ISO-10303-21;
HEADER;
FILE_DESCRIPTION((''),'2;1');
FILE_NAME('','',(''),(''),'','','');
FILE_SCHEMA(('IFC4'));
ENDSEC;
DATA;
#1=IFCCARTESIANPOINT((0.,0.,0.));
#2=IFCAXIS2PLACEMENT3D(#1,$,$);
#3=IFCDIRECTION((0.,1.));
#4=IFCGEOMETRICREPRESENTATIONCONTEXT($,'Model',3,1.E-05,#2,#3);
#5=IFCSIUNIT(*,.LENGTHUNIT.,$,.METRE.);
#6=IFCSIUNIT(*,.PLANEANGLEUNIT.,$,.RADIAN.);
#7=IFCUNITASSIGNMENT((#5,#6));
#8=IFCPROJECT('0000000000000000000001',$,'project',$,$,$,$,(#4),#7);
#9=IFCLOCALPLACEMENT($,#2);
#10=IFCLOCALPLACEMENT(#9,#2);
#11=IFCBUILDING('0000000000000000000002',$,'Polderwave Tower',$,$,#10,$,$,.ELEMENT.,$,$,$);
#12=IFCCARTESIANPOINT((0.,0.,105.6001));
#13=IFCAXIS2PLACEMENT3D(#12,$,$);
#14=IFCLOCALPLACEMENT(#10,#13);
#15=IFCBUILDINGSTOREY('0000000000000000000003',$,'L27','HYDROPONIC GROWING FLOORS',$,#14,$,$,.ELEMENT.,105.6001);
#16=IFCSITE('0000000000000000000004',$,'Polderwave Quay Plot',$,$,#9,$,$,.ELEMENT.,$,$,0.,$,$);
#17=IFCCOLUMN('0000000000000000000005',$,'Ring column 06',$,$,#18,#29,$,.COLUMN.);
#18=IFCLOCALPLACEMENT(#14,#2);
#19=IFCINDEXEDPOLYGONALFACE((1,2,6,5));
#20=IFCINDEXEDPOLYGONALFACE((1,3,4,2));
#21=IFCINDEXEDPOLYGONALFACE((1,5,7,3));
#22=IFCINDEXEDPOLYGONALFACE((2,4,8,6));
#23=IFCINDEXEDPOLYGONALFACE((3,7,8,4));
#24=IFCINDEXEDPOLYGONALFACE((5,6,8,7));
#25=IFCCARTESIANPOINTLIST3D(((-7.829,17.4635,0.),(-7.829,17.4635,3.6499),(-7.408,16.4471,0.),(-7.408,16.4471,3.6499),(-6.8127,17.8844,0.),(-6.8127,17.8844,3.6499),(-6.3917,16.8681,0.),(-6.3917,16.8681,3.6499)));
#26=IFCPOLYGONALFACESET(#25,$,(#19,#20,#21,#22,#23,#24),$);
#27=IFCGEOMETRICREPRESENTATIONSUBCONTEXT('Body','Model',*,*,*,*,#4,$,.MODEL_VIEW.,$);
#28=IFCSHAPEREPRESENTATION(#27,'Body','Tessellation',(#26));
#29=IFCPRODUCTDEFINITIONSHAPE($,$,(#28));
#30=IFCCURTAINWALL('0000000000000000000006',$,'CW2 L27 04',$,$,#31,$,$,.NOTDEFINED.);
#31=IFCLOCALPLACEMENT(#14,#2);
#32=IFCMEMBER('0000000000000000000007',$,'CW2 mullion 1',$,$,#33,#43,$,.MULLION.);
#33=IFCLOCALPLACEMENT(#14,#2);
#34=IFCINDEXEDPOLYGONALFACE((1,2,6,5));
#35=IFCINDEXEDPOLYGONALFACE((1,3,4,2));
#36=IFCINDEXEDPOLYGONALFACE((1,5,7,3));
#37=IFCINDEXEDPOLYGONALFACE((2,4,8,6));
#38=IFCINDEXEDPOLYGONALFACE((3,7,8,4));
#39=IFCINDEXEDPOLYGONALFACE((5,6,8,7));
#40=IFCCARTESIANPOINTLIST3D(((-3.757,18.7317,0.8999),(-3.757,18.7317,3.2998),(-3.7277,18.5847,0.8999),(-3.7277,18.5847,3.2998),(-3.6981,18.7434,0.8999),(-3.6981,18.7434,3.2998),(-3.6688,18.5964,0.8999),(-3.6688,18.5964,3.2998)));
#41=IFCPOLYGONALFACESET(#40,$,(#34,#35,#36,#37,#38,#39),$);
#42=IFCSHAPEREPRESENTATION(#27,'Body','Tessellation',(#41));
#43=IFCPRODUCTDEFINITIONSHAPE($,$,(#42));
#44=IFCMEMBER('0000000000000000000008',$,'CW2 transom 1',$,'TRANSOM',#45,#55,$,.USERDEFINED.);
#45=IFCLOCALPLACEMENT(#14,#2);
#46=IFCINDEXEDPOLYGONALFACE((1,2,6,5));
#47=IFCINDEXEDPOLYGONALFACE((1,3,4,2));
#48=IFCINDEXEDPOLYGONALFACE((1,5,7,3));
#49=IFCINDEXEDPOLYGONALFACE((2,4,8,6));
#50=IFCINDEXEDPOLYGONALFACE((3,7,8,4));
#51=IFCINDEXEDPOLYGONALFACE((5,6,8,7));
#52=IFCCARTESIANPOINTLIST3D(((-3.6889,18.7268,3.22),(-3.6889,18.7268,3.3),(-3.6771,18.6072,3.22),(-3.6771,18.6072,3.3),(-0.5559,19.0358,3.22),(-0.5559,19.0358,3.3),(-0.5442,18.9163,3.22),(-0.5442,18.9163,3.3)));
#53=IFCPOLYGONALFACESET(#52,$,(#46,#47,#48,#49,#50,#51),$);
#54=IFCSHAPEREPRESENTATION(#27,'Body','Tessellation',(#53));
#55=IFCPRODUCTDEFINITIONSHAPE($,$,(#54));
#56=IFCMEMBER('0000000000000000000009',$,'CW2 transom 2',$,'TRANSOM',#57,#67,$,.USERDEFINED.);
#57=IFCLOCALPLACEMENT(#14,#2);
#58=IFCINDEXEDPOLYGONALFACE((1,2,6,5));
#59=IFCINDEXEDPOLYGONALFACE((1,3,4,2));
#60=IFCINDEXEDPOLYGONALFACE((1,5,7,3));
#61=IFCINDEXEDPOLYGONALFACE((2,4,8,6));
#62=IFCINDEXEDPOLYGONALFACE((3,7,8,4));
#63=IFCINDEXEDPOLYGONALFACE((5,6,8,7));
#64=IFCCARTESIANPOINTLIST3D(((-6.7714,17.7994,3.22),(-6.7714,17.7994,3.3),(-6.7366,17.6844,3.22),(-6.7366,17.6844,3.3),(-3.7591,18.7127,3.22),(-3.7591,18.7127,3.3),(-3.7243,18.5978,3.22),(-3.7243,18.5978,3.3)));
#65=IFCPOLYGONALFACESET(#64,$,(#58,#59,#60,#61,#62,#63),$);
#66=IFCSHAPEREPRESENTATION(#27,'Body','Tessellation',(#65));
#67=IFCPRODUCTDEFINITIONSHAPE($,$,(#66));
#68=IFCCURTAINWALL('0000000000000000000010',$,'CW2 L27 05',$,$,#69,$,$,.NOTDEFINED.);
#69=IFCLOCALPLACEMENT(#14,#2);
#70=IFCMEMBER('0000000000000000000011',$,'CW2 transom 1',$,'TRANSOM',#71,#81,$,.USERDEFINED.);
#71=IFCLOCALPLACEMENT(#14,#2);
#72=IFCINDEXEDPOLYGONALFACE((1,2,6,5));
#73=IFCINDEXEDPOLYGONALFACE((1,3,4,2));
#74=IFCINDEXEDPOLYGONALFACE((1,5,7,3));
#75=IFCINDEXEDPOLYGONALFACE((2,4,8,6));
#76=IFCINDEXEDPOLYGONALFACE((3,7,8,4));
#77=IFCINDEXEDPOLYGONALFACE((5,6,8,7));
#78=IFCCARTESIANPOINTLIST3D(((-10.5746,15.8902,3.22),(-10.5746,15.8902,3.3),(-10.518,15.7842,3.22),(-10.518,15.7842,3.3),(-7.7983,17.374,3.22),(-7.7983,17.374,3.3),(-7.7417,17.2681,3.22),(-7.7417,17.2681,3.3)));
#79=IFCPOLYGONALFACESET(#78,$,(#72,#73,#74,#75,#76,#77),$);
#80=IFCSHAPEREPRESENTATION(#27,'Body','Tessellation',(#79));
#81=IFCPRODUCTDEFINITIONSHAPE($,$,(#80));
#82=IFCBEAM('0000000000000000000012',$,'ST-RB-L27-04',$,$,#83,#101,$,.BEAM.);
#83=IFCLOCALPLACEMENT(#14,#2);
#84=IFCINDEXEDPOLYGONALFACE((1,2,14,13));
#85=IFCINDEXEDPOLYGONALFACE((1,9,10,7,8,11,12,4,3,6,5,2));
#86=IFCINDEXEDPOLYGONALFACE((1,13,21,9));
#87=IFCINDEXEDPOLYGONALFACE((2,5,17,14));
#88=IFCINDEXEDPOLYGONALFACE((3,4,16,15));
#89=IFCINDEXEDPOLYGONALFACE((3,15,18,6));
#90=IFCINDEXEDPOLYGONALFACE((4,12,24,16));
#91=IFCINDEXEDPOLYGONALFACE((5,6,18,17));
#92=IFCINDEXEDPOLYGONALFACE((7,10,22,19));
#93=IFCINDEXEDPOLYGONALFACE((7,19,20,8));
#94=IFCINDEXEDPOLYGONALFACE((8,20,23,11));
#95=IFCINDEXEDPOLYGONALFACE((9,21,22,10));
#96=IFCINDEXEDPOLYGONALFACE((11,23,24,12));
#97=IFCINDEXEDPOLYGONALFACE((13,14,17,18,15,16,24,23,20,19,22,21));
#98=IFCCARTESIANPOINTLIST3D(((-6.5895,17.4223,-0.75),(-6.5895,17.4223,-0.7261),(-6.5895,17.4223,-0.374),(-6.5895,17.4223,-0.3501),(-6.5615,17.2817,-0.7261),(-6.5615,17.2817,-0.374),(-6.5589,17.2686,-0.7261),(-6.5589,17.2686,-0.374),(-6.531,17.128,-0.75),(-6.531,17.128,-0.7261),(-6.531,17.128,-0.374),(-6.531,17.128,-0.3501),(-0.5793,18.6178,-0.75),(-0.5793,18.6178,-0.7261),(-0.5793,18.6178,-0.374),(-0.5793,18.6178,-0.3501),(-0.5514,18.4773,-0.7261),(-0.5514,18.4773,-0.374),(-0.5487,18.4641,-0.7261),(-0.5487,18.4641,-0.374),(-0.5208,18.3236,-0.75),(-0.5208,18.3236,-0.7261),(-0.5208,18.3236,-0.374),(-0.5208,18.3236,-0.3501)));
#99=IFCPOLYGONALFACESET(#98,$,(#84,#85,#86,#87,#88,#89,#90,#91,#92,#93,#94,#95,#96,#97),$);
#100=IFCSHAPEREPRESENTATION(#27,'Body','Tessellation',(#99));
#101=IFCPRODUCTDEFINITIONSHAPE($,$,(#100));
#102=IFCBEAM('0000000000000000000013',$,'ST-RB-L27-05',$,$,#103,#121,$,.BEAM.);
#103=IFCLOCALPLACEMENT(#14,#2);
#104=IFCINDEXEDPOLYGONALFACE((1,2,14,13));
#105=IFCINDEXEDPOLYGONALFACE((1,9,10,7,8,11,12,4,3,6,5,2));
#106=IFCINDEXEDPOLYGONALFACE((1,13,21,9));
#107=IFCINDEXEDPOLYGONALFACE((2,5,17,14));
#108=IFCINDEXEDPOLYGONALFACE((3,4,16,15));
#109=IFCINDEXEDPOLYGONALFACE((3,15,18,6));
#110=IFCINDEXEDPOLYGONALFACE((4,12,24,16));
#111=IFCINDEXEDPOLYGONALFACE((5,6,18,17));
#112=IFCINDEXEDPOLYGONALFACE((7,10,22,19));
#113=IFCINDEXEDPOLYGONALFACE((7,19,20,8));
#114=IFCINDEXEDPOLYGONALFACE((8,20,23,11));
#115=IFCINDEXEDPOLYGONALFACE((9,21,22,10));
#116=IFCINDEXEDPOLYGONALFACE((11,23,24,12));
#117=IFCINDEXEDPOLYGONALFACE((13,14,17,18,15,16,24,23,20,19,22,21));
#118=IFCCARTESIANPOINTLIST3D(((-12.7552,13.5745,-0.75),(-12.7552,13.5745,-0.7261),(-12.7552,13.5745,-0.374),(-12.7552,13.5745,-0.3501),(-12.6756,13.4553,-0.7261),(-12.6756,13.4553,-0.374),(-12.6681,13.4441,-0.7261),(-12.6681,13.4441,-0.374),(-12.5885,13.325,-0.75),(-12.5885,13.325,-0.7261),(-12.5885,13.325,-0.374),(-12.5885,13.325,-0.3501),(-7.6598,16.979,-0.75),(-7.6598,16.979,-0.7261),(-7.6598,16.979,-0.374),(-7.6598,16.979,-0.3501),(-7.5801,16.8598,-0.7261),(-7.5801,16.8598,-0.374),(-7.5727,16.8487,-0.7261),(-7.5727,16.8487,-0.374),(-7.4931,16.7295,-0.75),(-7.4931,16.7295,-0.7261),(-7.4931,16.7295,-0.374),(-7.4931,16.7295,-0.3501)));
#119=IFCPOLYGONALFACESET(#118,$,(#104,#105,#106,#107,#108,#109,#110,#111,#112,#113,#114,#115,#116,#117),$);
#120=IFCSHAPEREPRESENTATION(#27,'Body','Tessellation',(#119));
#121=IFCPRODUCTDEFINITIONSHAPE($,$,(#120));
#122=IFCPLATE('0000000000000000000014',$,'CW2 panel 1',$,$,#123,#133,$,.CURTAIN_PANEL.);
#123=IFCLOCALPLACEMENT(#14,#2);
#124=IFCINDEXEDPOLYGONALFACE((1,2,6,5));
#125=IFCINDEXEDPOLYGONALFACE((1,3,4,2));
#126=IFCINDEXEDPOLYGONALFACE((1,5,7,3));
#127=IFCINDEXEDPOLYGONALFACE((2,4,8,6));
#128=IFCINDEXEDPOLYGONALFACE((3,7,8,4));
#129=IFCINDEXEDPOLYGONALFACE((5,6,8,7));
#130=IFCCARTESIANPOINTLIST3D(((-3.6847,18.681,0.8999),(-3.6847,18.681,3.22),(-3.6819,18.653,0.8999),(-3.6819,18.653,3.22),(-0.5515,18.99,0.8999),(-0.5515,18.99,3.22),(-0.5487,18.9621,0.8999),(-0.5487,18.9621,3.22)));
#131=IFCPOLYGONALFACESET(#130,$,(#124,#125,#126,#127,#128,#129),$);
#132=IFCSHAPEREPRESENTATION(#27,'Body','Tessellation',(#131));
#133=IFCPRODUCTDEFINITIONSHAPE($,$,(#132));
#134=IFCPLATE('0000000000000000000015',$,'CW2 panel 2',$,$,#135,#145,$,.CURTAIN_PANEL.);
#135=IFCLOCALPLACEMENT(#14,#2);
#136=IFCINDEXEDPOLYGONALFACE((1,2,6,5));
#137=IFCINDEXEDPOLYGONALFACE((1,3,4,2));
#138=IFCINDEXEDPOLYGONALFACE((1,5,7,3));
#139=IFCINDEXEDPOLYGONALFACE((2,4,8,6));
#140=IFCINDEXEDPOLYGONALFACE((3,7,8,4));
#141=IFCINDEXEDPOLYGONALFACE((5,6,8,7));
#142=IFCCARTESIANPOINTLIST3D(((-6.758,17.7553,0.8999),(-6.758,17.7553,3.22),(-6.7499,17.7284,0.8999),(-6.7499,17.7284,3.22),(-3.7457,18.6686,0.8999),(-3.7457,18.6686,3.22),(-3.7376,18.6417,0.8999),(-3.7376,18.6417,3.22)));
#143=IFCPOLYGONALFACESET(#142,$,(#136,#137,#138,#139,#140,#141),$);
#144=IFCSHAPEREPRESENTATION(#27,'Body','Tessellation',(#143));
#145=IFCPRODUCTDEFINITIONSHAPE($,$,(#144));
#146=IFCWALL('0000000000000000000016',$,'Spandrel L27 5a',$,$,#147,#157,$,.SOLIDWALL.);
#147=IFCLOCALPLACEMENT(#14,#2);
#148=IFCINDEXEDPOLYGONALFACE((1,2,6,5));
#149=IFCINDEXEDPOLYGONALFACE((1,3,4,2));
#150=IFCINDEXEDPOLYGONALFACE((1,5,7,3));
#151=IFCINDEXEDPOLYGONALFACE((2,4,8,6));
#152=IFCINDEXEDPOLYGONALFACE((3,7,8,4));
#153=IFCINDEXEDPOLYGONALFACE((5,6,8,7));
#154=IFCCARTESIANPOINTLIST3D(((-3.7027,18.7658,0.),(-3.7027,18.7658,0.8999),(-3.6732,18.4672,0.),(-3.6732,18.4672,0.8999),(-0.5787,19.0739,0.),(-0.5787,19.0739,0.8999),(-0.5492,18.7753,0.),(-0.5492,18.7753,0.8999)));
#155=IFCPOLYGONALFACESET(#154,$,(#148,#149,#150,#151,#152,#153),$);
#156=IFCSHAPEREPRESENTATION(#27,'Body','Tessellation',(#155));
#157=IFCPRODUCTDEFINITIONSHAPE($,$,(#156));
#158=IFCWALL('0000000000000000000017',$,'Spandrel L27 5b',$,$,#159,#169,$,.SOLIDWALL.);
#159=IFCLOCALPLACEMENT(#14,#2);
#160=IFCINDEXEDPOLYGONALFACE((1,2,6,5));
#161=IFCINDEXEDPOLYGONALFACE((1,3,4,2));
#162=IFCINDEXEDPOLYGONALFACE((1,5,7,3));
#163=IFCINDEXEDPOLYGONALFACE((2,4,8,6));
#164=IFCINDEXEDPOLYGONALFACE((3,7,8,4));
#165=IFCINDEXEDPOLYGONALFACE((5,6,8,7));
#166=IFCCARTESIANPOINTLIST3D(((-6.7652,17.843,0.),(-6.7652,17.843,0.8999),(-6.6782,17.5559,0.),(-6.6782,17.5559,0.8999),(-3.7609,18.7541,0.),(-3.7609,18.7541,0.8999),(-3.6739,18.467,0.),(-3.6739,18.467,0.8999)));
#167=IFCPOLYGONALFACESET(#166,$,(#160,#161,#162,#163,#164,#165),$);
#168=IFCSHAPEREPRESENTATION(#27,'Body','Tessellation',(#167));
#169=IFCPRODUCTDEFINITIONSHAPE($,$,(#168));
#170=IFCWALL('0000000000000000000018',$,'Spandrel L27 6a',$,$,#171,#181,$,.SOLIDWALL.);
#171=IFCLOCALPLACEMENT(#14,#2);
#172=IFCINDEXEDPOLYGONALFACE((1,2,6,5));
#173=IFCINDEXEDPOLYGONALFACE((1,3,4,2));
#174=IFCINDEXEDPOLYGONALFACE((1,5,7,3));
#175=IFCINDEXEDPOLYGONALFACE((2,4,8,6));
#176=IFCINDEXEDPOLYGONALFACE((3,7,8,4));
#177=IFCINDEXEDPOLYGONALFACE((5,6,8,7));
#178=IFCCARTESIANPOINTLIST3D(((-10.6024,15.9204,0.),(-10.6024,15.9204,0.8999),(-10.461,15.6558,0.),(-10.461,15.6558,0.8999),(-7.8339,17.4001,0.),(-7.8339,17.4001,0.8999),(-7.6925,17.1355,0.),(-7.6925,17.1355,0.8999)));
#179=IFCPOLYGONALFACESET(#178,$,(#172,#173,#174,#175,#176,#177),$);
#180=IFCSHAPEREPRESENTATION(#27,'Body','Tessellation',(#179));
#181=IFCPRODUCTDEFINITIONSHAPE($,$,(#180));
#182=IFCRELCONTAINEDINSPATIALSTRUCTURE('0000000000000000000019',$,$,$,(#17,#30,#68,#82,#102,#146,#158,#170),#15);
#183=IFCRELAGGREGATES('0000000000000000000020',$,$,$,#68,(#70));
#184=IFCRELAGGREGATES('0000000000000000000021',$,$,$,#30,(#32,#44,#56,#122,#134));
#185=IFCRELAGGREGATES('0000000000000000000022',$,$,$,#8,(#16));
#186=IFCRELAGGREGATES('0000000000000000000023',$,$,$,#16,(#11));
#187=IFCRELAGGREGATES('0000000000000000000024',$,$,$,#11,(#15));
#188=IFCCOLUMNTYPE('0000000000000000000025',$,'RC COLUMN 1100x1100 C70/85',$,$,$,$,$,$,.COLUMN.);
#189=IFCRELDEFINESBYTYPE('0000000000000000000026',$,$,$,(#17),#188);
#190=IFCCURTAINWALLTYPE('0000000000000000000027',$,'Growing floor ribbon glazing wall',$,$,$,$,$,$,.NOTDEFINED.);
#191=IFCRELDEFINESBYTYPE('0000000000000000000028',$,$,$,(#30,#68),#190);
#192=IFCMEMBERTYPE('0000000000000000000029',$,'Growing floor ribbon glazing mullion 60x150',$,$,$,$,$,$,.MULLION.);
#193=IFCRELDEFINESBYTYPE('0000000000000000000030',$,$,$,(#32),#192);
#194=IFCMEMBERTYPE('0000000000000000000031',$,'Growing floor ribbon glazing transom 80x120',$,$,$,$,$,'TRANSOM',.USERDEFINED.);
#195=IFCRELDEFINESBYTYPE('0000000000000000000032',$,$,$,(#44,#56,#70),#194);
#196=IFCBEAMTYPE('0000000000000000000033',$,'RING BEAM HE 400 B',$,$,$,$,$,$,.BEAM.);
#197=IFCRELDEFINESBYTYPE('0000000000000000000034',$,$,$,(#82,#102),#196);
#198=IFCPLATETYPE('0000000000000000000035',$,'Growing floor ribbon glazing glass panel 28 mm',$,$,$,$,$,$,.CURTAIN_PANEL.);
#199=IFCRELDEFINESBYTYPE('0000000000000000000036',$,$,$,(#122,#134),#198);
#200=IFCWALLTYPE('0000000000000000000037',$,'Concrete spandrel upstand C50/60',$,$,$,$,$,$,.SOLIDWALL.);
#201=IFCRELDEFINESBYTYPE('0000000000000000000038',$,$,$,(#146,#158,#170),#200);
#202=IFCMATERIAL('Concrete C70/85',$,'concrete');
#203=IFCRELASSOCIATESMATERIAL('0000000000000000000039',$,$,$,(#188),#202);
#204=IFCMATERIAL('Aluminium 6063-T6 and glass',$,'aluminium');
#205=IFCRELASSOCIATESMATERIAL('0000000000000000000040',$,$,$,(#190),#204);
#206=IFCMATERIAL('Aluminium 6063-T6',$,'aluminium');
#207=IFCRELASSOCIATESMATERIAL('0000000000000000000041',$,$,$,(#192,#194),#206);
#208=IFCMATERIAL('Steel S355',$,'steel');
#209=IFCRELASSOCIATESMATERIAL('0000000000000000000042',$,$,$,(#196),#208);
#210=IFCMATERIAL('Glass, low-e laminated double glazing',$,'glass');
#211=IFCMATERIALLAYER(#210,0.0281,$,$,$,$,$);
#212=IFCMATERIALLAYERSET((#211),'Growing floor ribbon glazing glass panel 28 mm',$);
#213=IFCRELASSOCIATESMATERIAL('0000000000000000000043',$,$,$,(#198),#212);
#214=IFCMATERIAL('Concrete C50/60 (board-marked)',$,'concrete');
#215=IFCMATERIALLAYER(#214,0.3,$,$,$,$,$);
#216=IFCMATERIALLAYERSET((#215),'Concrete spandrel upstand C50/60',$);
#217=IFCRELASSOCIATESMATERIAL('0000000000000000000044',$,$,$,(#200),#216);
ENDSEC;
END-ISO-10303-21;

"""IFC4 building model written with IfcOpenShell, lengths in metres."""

from ifc_helpers import new_model, si_unit, direction, frame, frame_2d, origin, origin_2d, place, context, subcontext, project, spatial, rectangle, i_section, extrude, material, layer, layer_set, material_profile, profile_set, type_object, element, aggregate, save


model = new_model("IFC4")

# Units and contexts
model_context = context("Model", 3, precision=1e-05, world=origin(), true_north=direction((0.0, 1.0)))
body_context = subcontext(model_context, "Body", "Model", "MODEL_VIEW")
ifc_project = project(units=[si_unit("LENGTHUNIT", "METRE"), si_unit("PLANEANGLEUNIT", "RADIAN")], contexts=[model_context])

# Site, building, storey
site_placement = place(None, origin())
site = spatial("IfcSite", under=ifc_project, at=site_placement, Name="Polderwave Quay Plot", CompositionType="ELEMENT", RefElevation=0.0)
building_placement = place(site_placement, origin())
building = spatial("IfcBuilding", under=site, at=building_placement, Name="Polderwave Tower", CompositionType="ELEMENT")
storey_placement = place(building_placement, frame((0.0, 0.0, 105.6001)))
storey = spatial("IfcBuildingStorey", under=building, at=storey_placement, Name="L27", Description="HYDROPONIC GROWING FLOORS", CompositionType="ELEMENT", Elevation=105.6001)

# Column
ifc_material_1 = material(Name="Concrete C70/85", Category="concrete")
ifc_material_profile_1 = material_profile(ifc_material_1, rectangle(XDim=1.1001, YDim=1.1001, at=origin_2d()), Name="RC 1100x1100")
ifc_profile_set_1 = profile_set([ifc_material_profile_1], Name="Concrete C70/85")
column_type = type_object("IfcColumnType", Name="RC COLUMN 1100x1100 C70/85", PredefinedType="COLUMN", material=ifc_profile_set_1)
column_placement = place(storey_placement, frame((-7.1104, 17.1658, 0.0), z_axis=(0.0, 0.0, 1.0), x_axis=(-0.382683, 0.92388, 0.0)))
element("IfcColumn", 1, at=column_placement, inside=storey, type_object=column_type, Name="Ring column 06", PredefinedType="COLUMN", context=body_context, shape_type="SweptSolid", body=[
    extrude(rectangle(XDim=1.1001, YDim=1.1001, at=origin_2d()), origin(), (0.0, 0.0, 1.0), 3.6499),
])

# Curtain wall, members
ifc_material_2 = material(Name="Aluminium 6063-T6 and glass", Category="aluminium")
curtain_wall_type = type_object("IfcCurtainWallType", Name="Growing floor ribbon glazing wall", PredefinedType="NOTDEFINED", material=ifc_material_2)
curtain_wall_1_placement = place(storey_placement, origin())
curtain_wall_1 = element("IfcCurtainWall", 2, at=curtain_wall_1_placement, inside=storey, type_object=curtain_wall_type, Name="CW2 L27 04", PredefinedType="NOTDEFINED")
ifc_material_3 = material(Name="Aluminium 6063-T6", Category="aluminium")
ifc_material_profile_2 = material_profile(ifc_material_3, rectangle(XDim=0.1499, YDim=0.0601, at=origin_2d()), Name="AL 60x150")
ifc_profile_set_2 = profile_set([ifc_material_profile_2], Name="Aluminium 6063-T6")
member_type_1 = type_object("IfcMemberType", Name="Growing floor ribbon glazing mullion 60x150", PredefinedType="MULLION", material=ifc_profile_set_2)
member_1_placement = place(storey_placement, frame((-3.7129, 18.6641, 0.8999), z_axis=(0.0, 0.0, 1.0), x_axis=(0.195092, -0.980785, 0.0)))
member_1 = element("IfcMember", 3, at=member_1_placement, type_object=member_type_1, Name="CW2 mullion 1", PredefinedType="MULLION", context=body_context, shape_type="SweptSolid", body=[
    extrude(rectangle(XDim=0.1499, YDim=0.0601, at=origin_2d()), origin(), (0.0, 0.0, 1.0), 2.3999),
])
ifc_material_profile_3 = material_profile(ifc_material_3, rectangle(XDim=0.1201, YDim=0.0801, at=origin_2d()), Name="AL 80x120")
ifc_profile_set_3 = profile_set([ifc_material_profile_3], Name="Aluminium 6063-T6")
member_type_2 = type_object("IfcMemberType", Name="Growing floor ribbon glazing transom 80x120", ElementType="TRANSOM", PredefinedType="USERDEFINED", material=ifc_profile_set_3)
member_2_placement = place(storey_placement, frame((-0.55, 18.9761, 3.26), z_axis=(-0.995169, -0.098175, 0.0), x_axis=(0.098175, -0.995169, 0.0)))
member_2 = element("IfcMember", 4, at=member_2_placement, type_object=member_type_2, Name="CW2 transom 1", ObjectType="TRANSOM", PredefinedType="USERDEFINED", context=body_context, shape_type="SweptSolid", body=[
    extrude(rectangle(XDim=0.1201, YDim=0.0801, at=origin_2d()), origin(), (0.0, 0.0, 1.0), 3.1482),
])
member_3_placement = place(storey_placement, frame((-3.7417, 18.6553, 3.26), z_axis=(-0.956977, -0.290165, 0.0), x_axis=(0.290165, -0.956977, 0.0)))
member_3 = element("IfcMember", 5, at=member_3_placement, type_object=member_type_2, Name="CW2 transom 2", ObjectType="TRANSOM", PredefinedType="USERDEFINED", context=body_context, shape_type="SweptSolid", body=[
    extrude(rectangle(XDim=0.1201, YDim=0.0801, at=origin_2d()), origin(), (0.0, 0.0, 1.0), 3.1477),
])

# Curtain wall, member
curtain_wall_2_placement = place(storey_placement, origin())
curtain_wall_2 = element("IfcCurtainWall", 6, at=curtain_wall_2_placement, inside=storey, type_object=curtain_wall_type, Name="CW2 L27 05", PredefinedType="NOTDEFINED")
member_4_placement = place(storey_placement, frame((-7.77, 17.321, 3.26), z_axis=(-0.881936, -0.471369, 0.0), x_axis=(0.471369, -0.881936, 0.0)))
member_4 = element("IfcMember", 7, at=member_4_placement, type_object=member_type_2, Name="CW2 transom 1", ObjectType="TRANSOM", PredefinedType="USERDEFINED", context=body_context, shape_type="SweptSolid", body=[
    extrude(rectangle(XDim=0.1201, YDim=0.0801, at=origin_2d()), origin(), (0.0, 0.0, 1.0), 3.1479),
])
aggregate(curtain_wall_2, [member_4])

# Beams
ifc_material_4 = material(Name="Steel S355", Category="steel")
ifc_material_profile_4 = material_profile(ifc_material_4, i_section(OverallWidth=0.3, OverallDepth=0.3999, WebThickness=0.0134, FlangeThickness=0.0239, at=origin_2d()), Name="HE 400 B")
ifc_profile_set_4 = profile_set([ifc_material_profile_4], Name="Steel S355")
beam_type = type_object("IfcBeamType", Name="RING BEAM HE 400 B", PredefinedType="BEAM", material=ifc_profile_set_4)
beam_1_placement = place(storey_placement, frame((-0.55, 18.4707, -0.55), z_axis=(-0.980784, -0.195097, 0.0), x_axis=(0.195097, -0.980784, 0.0)))
element("IfcBeam", 8, at=beam_1_placement, inside=storey, type_object=beam_type, Name="ST-RB-L27-04", PredefinedType="BEAM", context=body_context, shape_type="SweptSolid", body=[
    extrude(i_section(OverallWidth=0.3, OverallDepth=0.3999, WebThickness=0.0134, FlangeThickness=0.0239, at=origin_2d()), origin(), (0.0, 0.0, 1.0), 6.1279),
])
beam_2_placement = place(storey_placement, frame((-7.5764, 16.8542, -0.55), z_axis=(-0.83148, -0.555555, 0.0), x_axis=(0.555555, -0.83148, 0.0)))
element("IfcBeam", 9, at=beam_2_placement, inside=storey, type_object=beam_type, Name="ST-RB-L27-05", PredefinedType="BEAM", context=body_context, shape_type="SweptSolid", body=[
    extrude(i_section(OverallWidth=0.3, OverallDepth=0.3999, WebThickness=0.0134, FlangeThickness=0.0239, at=origin_2d()), origin(), (0.0, 0.0, 1.0), 6.1282),
])

# Plates
ifc_material_5 = material(Name="Glass, low-e laminated double glazing", Category="glass")
ifc_layer_1 = layer(ifc_material_5, 0.0281)
ifc_layer_set_1 = layer_set([ifc_layer_1], Name="Growing floor ribbon glazing glass panel 28 mm")
plate_type = type_object("IfcPlateType", Name="Growing floor ribbon glazing glass panel 28 mm", PredefinedType="CURTAIN_PANEL", material=ifc_layer_set_1)
plate_1_placement = place(storey_placement, frame((-2.1167, 18.8215, 0.8999), z_axis=(0.0, 0.0, 1.0), x_axis=(-0.99517, -0.098165, 0.0)))
plate_1 = element("IfcPlate", 10, at=plate_1_placement, type_object=plate_type, Name="CW2 panel 1", PredefinedType="CURTAIN_PANEL", context=body_context, shape_type="SweptSolid", body=[
    extrude(rectangle(XDim=3.1484, YDim=0.0281, at=origin_2d()), origin(), (0.0, 0.0, 1.0), 2.3201),
])
plate_2_placement = place(storey_placement, frame((-5.2478, 18.1985, 0.8999), z_axis=(0.0, 0.0, 1.0), x_axis=(-0.956982, -0.290148, 0.0)))
plate_2 = element("IfcPlate", 11, at=plate_2_placement, type_object=plate_type, Name="CW2 panel 2", PredefinedType="CURTAIN_PANEL", context=body_context, shape_type="SweptSolid", body=[
    extrude(rectangle(XDim=3.1477, YDim=0.0281, at=origin_2d()), origin(), (0.0, 0.0, 1.0), 2.3201),
])
aggregate(curtain_wall_1, [member_1, member_2, member_3, plate_1, plate_2])

# Walls
ifc_material_6 = material(Name="Concrete C50/60 (board-marked)", Category="concrete")
ifc_layer_2 = layer(ifc_material_6, 0.3)
ifc_layer_set_2 = layer_set([ifc_layer_2], Name="Concrete spandrel upstand C50/60")
wall_type_1 = type_object("IfcWallType", Name="Concrete spandrel upstand C50/60", PredefinedType="SOLIDWALL", material=ifc_layer_set_2)
wall_1_placement = place(storey_placement, frame((-0.564, 18.9246, 0.0), z_axis=(0.0, 0.0, 1.0), x_axis=(-0.995172, -0.098148, 0.0)))
element("IfcWall", 12, at=wall_1_placement, inside=storey, type_object=wall_type_1, Name="Spandrel L27 5a", PredefinedType="SOLIDWALL", context=body_context, shape_type="SweptSolid", body=[
    extrude(rectangle(XDim=3.1392, YDim=0.3, at=frame_2d((1.5696, 0.0))), origin(), (0.0, 0.0, 1.0), 0.8999),
])
wall_2_placement = place(storey_placement, frame((-3.7173, 18.6106, 0.0), z_axis=(0.0, 0.0, 1.0), x_axis=(-0.956962, -0.290215, 0.0)))
element("IfcWall", 13, at=wall_2_placement, inside=storey, type_object=wall_type_1, Name="Spandrel L27 5b", PredefinedType="SOLIDWALL", context=body_context, shape_type="SweptSolid", body=[
    extrude(rectangle(XDim=3.1394, YDim=0.3, at=frame_2d((1.5698, 0.0))), origin(), (0.0, 0.0, 1.0), 0.8999),
])
wall_3_placement = place(storey_placement, frame((-7.7632, 17.2678, 0.0), z_axis=(0.0, 0.0, 1.0), x_axis=(-0.881933, -0.471375, 0.0)))
element("IfcWall", 14, at=wall_3_placement, inside=storey, type_object=wall_type_1, Name="Spandrel L27 6a", PredefinedType="SOLIDWALL", context=body_context, shape_type="SweptSolid", body=[
    extrude(rectangle(XDim=3.1392, YDim=0.3, at=frame_2d((1.5696, 0.0))), origin(), (0.0, 0.0, 1.0), 0.8999),
])

save(model, "model.ifc")
